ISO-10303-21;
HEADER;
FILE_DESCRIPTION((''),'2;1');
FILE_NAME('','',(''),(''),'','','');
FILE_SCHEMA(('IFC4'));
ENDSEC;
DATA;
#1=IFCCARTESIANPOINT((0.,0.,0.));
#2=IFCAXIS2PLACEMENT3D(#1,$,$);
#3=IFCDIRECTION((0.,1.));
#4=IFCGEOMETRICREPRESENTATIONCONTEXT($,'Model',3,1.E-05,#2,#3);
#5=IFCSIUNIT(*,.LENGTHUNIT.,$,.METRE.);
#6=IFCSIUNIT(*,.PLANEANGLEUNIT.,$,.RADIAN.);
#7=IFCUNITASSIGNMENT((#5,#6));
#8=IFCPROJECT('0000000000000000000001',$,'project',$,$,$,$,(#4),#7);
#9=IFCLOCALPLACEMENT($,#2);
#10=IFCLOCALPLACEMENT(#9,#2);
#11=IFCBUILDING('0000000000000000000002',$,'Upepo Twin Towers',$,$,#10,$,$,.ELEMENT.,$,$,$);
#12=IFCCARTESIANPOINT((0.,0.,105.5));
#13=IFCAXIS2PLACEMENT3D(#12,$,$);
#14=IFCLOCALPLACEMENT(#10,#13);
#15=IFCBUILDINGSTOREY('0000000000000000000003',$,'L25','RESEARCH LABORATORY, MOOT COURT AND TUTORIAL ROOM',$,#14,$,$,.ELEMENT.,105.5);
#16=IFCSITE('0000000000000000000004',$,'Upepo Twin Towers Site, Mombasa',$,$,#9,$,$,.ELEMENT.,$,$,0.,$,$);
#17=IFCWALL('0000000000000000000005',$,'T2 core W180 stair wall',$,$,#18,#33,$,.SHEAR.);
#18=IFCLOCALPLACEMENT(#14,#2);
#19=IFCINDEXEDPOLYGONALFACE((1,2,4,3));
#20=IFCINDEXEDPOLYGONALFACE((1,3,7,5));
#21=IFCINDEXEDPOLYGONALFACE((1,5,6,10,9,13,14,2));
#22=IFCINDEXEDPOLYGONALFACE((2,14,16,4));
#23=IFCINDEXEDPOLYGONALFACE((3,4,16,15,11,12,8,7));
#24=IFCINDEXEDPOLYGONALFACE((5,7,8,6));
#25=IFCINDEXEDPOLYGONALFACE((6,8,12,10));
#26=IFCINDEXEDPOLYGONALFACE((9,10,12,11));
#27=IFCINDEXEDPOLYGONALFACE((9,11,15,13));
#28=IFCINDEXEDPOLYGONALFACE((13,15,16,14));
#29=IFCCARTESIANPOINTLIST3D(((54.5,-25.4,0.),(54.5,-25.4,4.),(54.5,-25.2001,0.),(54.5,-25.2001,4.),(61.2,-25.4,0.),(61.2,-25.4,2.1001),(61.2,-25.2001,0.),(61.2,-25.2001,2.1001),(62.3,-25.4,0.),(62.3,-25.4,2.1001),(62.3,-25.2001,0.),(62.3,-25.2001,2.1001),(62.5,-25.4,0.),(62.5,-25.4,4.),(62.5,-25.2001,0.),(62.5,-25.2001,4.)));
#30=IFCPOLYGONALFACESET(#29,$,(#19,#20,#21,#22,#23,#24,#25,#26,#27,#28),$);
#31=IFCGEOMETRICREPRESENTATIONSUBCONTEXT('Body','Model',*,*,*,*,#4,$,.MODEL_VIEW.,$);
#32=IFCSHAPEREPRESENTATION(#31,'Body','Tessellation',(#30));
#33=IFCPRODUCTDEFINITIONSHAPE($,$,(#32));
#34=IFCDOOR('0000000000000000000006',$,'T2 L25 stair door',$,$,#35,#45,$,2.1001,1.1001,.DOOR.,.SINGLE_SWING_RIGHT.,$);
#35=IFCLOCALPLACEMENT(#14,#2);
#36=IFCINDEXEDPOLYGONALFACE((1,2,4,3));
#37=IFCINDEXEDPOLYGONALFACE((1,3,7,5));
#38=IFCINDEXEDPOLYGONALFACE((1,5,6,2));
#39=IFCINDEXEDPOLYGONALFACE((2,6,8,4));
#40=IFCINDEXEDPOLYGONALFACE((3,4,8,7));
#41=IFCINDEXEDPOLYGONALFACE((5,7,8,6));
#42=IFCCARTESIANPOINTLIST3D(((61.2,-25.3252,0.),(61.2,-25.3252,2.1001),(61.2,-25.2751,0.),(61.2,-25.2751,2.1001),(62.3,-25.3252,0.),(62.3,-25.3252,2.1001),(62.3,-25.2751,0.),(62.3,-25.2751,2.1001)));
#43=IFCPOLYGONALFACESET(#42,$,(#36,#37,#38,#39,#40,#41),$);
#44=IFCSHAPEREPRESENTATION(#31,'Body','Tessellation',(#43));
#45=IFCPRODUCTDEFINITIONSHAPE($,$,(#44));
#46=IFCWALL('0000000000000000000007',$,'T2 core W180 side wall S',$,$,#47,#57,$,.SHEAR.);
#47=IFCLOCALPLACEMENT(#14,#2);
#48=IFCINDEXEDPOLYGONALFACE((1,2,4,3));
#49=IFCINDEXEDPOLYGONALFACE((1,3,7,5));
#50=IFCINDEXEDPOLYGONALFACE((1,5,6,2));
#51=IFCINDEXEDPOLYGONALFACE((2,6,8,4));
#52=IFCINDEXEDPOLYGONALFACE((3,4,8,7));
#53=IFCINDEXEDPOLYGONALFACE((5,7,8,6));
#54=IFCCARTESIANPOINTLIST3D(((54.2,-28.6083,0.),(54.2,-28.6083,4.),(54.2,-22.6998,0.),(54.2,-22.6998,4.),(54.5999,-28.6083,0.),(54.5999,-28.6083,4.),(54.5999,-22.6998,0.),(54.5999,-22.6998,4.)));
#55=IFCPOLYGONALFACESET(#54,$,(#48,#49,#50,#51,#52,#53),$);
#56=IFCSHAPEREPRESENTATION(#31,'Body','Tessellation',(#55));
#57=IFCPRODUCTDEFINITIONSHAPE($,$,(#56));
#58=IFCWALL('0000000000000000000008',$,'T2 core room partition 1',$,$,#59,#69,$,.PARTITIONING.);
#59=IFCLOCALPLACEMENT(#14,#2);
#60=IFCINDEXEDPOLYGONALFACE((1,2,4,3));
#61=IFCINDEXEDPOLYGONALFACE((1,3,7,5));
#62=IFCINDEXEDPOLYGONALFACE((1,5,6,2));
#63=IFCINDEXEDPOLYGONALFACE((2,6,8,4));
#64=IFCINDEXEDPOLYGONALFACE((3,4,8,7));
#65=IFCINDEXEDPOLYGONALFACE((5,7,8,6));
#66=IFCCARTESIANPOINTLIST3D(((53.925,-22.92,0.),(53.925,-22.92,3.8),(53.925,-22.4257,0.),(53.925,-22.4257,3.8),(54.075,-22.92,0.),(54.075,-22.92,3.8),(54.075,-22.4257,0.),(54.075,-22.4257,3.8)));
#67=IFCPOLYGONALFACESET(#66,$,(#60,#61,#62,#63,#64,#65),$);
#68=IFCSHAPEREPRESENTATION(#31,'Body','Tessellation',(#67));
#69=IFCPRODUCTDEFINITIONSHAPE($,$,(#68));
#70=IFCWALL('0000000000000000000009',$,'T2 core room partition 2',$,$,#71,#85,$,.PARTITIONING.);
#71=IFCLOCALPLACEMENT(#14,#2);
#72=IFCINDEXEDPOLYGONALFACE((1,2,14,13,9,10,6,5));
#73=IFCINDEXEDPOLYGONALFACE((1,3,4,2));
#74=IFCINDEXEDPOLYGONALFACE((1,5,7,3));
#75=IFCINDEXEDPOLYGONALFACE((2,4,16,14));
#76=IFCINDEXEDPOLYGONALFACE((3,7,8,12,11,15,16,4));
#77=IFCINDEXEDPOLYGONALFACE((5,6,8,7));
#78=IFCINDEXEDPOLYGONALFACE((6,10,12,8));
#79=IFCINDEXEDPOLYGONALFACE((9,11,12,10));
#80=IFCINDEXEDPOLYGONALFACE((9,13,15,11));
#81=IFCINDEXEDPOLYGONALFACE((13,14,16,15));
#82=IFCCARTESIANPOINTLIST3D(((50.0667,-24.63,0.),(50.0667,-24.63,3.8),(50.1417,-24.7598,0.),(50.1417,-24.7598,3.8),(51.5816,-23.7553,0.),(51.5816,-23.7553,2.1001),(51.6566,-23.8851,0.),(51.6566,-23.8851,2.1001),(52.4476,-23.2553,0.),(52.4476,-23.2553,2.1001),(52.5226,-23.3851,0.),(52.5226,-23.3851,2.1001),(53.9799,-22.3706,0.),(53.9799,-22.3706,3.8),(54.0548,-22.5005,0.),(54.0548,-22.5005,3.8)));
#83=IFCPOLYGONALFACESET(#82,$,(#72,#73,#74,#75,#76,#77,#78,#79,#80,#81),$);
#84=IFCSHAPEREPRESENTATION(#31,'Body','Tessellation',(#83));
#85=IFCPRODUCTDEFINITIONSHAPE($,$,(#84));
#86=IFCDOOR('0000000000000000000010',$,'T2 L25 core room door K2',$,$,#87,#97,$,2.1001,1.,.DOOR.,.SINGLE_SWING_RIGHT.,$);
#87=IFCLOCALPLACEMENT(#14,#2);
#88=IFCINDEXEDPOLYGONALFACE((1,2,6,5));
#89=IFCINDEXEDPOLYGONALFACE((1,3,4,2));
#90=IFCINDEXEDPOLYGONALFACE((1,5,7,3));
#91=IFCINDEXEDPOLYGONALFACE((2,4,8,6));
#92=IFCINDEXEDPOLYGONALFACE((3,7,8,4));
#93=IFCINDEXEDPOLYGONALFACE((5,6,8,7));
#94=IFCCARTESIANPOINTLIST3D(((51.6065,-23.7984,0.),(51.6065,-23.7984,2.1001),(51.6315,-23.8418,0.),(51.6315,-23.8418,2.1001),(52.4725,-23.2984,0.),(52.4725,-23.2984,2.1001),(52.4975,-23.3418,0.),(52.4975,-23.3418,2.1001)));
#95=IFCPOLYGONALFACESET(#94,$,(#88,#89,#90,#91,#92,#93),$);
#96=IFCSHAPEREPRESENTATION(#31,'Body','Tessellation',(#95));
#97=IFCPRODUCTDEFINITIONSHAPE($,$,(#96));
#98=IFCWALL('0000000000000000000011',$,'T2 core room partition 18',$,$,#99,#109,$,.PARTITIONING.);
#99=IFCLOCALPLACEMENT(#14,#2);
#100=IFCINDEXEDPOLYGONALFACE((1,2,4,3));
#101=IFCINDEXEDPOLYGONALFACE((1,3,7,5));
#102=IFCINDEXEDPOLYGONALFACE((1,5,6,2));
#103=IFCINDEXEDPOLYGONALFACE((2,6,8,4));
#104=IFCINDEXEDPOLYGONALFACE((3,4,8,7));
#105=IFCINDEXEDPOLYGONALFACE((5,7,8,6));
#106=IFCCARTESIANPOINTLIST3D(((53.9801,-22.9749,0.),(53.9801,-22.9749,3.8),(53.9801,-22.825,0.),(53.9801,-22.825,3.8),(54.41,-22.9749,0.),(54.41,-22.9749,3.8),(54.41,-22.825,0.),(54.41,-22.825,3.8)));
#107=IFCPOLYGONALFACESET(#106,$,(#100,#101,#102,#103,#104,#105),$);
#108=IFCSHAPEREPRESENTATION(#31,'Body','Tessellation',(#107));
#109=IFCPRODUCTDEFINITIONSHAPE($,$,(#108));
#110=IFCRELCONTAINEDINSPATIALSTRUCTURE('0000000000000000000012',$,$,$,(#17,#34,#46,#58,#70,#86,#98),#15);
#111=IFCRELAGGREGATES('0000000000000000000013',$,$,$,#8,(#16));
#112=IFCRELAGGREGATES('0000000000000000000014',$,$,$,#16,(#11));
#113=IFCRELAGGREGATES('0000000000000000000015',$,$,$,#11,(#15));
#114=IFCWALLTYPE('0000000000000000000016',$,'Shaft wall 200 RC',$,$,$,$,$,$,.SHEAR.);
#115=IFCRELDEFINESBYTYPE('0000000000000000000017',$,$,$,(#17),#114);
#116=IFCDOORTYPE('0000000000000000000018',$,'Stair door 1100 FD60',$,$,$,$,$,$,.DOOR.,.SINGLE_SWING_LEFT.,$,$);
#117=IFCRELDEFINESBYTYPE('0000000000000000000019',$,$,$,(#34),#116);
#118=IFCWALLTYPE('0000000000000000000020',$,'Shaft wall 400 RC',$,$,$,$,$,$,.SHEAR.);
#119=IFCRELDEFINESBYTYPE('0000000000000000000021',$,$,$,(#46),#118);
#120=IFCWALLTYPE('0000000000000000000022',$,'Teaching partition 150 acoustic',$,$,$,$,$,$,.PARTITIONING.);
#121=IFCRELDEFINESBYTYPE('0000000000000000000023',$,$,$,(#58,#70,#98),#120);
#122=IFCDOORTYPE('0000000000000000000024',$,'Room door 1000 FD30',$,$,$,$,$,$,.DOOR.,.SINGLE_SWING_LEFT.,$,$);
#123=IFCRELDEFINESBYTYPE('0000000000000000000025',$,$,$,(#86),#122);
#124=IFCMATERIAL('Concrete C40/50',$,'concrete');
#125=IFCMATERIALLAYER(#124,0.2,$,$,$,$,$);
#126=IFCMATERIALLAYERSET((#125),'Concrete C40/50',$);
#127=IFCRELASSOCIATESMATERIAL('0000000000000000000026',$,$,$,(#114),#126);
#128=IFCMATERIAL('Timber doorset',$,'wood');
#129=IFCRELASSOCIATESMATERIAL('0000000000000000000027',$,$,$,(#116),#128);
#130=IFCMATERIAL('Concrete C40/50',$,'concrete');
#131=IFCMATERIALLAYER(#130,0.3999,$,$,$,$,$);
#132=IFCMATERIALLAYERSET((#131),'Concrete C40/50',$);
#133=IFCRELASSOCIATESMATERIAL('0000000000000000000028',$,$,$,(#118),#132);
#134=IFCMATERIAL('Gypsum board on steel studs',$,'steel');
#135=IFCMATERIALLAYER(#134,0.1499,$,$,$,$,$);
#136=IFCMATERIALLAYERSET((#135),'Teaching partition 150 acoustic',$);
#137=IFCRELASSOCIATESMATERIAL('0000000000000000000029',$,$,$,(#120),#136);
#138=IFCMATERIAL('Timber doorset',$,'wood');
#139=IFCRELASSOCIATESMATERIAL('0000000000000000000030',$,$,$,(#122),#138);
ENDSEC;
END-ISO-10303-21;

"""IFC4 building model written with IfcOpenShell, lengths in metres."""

from ifc_helpers import new_model, si_unit, direction, frame, frame_2d, origin, place, context, subcontext, project, spatial, rectangle, extrude, material, layer, layer_set, type_object, element, fill, save


model = new_model("IFC4")

# Units and contexts
model_context = context("Model", 3, precision=1e-05, world=origin(), true_north=direction((0.0, 1.0)))
body_context = subcontext(model_context, "Body", "Model", "MODEL_VIEW")
ifc_project = project(units=[si_unit("LENGTHUNIT", "METRE"), si_unit("PLANEANGLEUNIT", "RADIAN")], contexts=[model_context])

# Site, building, storey
site_placement = place(None, origin())
site = spatial("IfcSite", under=ifc_project, at=site_placement, Name="Upepo Twin Towers Site, Mombasa", CompositionType="ELEMENT", RefElevation=0.0)
building_placement = place(site_placement, origin())
building = spatial("IfcBuilding", under=site, at=building_placement, Name="Upepo Twin Towers", CompositionType="ELEMENT")
storey_placement = place(building_placement, frame((0.0, 0.0, 105.5)))
storey = spatial("IfcBuildingStorey", under=building, at=storey_placement, Name="L25", Description="RESEARCH LABORATORY, MOOT COURT AND TUTORIAL ROOM", CompositionType="ELEMENT", Elevation=105.5)

# Shared definitions
ifc_material_1 = material(Name="Concrete C40/50", Category="concrete")
ifc_layer_1 = layer(ifc_material_1, 0.2)
ifc_layer_set_1 = layer_set([ifc_layer_1], Name="Concrete C40/50")
wall_type_1 = type_object("IfcWallType", Name="Shaft wall 200 RC", PredefinedType="SHEAR", material=ifc_layer_set_1)

# Wall, opening, door
wall_1_placement = place(storey_placement, frame((54.5, -25.3, 0.0), z_axis=(0.0, 0.0, 1.0), x_axis=(1.0, 0.0, 0.0)))
wall_1 = element("IfcWall", 1, at=wall_1_placement, inside=storey, type_object=wall_type_1, Name="T2 core W180 stair wall", PredefinedType="SHEAR", context=body_context, shape_type="SweptSolid", body=[
    extrude(rectangle(XDim=8.0, YDim=0.2, at=frame_2d((4.0, 0.0))), origin(), (0.0, 0.0, 1.0), 4.0),
])
opening_1_placement = place(wall_1_placement, frame((6.7, 0.0, 0.0)))
opening_1 = element("IfcOpeningElement", 2, at=opening_1_placement, cuts=wall_1, PredefinedType="OPENING", context=body_context, shape_type="SweptSolid", body=[
    extrude(rectangle(XDim=1.1001, YDim=2.1001, at=frame_2d((0.55, 1.05))), frame((0.0, 0.1099, 0.0), z_axis=(0.0, -1.0, 0.0), x_axis=(1.0, 0.0, 0.0)), (0.0, 0.0, 1.0), 0.22),
])
ifc_material_2 = material(Name="Timber doorset", Category="wood")
door_type_1 = type_object("IfcDoorType", Name="Stair door 1100 FD60", OperationType="SINGLE_SWING_LEFT", PredefinedType="DOOR", material=ifc_material_2)
door_1_placement = place(opening_1_placement, origin())
door_1 = element("IfcDoor", 3, at=door_1_placement, inside=storey, type_object=door_type_1, Name="T2 L25 stair door", OperationType="SINGLE_SWING_RIGHT", OverallHeight=2.1001, OverallWidth=1.1001, PredefinedType="DOOR", context=body_context, shape_type="SweptSolid", body=[
    extrude(rectangle(XDim=1.1001, YDim=2.1001, at=frame_2d((0.55, 1.05))), frame((0.0, 0.0249, 0.0), z_axis=(0.0, -1.0, 0.0), x_axis=(1.0, 0.0, 0.0)), (0.0, 0.0, 1.0), 0.05),
])
fill(opening_1, door_1)

# Walls
ifc_material_3 = material(Name="Concrete C40/50", Category="concrete")
ifc_layer_2 = layer(ifc_material_3, 0.3999)
ifc_layer_set_2 = layer_set([ifc_layer_2], Name="Concrete C40/50")
wall_type_2 = type_object("IfcWallType", Name="Shaft wall 400 RC", PredefinedType="SHEAR", material=ifc_layer_set_2)
wall_2_placement = place(storey_placement, frame((54.3999, -22.7, 0.0), z_axis=(0.0, 0.0, 1.0), x_axis=(0.0, -1.0, 0.0)))
element("IfcWall", 4, at=wall_2_placement, inside=storey, type_object=wall_type_2, Name="T2 core W180 side wall S", PredefinedType="SHEAR", context=body_context, shape_type="SweptSolid", body=[
    extrude(rectangle(XDim=5.9084, YDim=0.3999, at=frame_2d((2.9541, 0.0))), origin(), (0.0, 0.0, 1.0), 4.0),
])
ifc_material_4 = material(Name="Gypsum board on steel studs", Category="steel")
ifc_layer_3 = layer(ifc_material_4, 0.1499)
ifc_layer_set_3 = layer_set([ifc_layer_3], Name="Teaching partition 150 acoustic")
wall_type_3 = type_object("IfcWallType", Name="Teaching partition 150 acoustic", PredefinedType="PARTITIONING", material=ifc_layer_set_3)
wall_3_placement = place(storey_placement, frame((54.0, -22.9199, 0.0), z_axis=(0.0, 0.0, 1.0), x_axis=(0.0, 1.0, 0.0)))
element("IfcWall", 5, at=wall_3_placement, inside=storey, type_object=wall_type_3, Name="T2 core room partition 1", PredefinedType="PARTITIONING", context=body_context, shape_type="SweptSolid", body=[
    extrude(rectangle(XDim=0.4944, YDim=0.1499, at=frame_2d((0.2471, 0.0))), origin(), (0.0, 0.0, 1.0), 3.8),
])

# Wall, opening, door
wall_4_placement = place(storey_placement, frame((54.0173, -22.4355, 0.0), z_axis=(0.0, 0.0, 1.0), x_axis=(-0.86602, -0.500009, 0.0)))
wall_4 = element("IfcWall", 6, at=wall_4_placement, inside=storey, type_object=wall_type_3, Name="T2 core room partition 2", PredefinedType="PARTITIONING", context=body_context, shape_type="SweptSolid", body=[
    extrude(rectangle(XDim=4.5186, YDim=0.1499, at=frame_2d((2.2593, 0.0))), origin(), (0.0, 0.0, 1.0), 3.8),
])
opening_2_placement = place(wall_4_placement, frame((1.7693, 0.0, 0.0)))
opening_2 = element("IfcOpeningElement", 7, at=opening_2_placement, cuts=wall_4, PredefinedType="OPENING", context=body_context, shape_type="SweptSolid", body=[
    extrude(rectangle(XDim=1.0, YDim=2.1001, at=frame_2d((0.5, 1.05))), frame((0.0, 0.085, 0.0), z_axis=(0.0, -1.0, 0.0), x_axis=(1.0, 0.0, 0.0)), (0.0, 0.0, 1.0), 0.1699),
])
ifc_material_5 = material(Name="Timber doorset", Category="wood")
door_type_2 = type_object("IfcDoorType", Name="Room door 1000 FD30", OperationType="SINGLE_SWING_LEFT", PredefinedType="DOOR", material=ifc_material_5)
door_2_placement = place(opening_2_placement, origin())
door_2 = element("IfcDoor", 8, at=door_2_placement, inside=storey, type_object=door_type_2, Name="T2 L25 core room door K2", OperationType="SINGLE_SWING_RIGHT", OverallHeight=2.1001, OverallWidth=1.0, PredefinedType="DOOR", context=body_context, shape_type="SweptSolid", body=[
    extrude(rectangle(XDim=1.0, YDim=2.1001, at=frame_2d((0.5, 1.05))), frame((0.0, 0.0249, 0.0), z_axis=(0.0, -1.0, 0.0), x_axis=(1.0, 0.0, 0.0)), (0.0, 0.0, 1.0), 0.05),
])
fill(opening_2, door_2)

# Wall
wall_5_placement = place(storey_placement, frame((54.4099, -22.8999, 0.0), z_axis=(0.0, 0.0, 1.0), x_axis=(-1.0, 0.0, 0.0)))
element("IfcWall", 9, at=wall_5_placement, inside=storey, type_object=wall_type_3, Name="T2 core room partition 18", PredefinedType="PARTITIONING", context=body_context, shape_type="SweptSolid", body=[
    extrude(rectangle(XDim=0.4299, YDim=0.1499, at=frame_2d((0.2148, 0.0))), origin(), (0.0, 0.0, 1.0), 3.8),
])

save(model, "model.ifc")
